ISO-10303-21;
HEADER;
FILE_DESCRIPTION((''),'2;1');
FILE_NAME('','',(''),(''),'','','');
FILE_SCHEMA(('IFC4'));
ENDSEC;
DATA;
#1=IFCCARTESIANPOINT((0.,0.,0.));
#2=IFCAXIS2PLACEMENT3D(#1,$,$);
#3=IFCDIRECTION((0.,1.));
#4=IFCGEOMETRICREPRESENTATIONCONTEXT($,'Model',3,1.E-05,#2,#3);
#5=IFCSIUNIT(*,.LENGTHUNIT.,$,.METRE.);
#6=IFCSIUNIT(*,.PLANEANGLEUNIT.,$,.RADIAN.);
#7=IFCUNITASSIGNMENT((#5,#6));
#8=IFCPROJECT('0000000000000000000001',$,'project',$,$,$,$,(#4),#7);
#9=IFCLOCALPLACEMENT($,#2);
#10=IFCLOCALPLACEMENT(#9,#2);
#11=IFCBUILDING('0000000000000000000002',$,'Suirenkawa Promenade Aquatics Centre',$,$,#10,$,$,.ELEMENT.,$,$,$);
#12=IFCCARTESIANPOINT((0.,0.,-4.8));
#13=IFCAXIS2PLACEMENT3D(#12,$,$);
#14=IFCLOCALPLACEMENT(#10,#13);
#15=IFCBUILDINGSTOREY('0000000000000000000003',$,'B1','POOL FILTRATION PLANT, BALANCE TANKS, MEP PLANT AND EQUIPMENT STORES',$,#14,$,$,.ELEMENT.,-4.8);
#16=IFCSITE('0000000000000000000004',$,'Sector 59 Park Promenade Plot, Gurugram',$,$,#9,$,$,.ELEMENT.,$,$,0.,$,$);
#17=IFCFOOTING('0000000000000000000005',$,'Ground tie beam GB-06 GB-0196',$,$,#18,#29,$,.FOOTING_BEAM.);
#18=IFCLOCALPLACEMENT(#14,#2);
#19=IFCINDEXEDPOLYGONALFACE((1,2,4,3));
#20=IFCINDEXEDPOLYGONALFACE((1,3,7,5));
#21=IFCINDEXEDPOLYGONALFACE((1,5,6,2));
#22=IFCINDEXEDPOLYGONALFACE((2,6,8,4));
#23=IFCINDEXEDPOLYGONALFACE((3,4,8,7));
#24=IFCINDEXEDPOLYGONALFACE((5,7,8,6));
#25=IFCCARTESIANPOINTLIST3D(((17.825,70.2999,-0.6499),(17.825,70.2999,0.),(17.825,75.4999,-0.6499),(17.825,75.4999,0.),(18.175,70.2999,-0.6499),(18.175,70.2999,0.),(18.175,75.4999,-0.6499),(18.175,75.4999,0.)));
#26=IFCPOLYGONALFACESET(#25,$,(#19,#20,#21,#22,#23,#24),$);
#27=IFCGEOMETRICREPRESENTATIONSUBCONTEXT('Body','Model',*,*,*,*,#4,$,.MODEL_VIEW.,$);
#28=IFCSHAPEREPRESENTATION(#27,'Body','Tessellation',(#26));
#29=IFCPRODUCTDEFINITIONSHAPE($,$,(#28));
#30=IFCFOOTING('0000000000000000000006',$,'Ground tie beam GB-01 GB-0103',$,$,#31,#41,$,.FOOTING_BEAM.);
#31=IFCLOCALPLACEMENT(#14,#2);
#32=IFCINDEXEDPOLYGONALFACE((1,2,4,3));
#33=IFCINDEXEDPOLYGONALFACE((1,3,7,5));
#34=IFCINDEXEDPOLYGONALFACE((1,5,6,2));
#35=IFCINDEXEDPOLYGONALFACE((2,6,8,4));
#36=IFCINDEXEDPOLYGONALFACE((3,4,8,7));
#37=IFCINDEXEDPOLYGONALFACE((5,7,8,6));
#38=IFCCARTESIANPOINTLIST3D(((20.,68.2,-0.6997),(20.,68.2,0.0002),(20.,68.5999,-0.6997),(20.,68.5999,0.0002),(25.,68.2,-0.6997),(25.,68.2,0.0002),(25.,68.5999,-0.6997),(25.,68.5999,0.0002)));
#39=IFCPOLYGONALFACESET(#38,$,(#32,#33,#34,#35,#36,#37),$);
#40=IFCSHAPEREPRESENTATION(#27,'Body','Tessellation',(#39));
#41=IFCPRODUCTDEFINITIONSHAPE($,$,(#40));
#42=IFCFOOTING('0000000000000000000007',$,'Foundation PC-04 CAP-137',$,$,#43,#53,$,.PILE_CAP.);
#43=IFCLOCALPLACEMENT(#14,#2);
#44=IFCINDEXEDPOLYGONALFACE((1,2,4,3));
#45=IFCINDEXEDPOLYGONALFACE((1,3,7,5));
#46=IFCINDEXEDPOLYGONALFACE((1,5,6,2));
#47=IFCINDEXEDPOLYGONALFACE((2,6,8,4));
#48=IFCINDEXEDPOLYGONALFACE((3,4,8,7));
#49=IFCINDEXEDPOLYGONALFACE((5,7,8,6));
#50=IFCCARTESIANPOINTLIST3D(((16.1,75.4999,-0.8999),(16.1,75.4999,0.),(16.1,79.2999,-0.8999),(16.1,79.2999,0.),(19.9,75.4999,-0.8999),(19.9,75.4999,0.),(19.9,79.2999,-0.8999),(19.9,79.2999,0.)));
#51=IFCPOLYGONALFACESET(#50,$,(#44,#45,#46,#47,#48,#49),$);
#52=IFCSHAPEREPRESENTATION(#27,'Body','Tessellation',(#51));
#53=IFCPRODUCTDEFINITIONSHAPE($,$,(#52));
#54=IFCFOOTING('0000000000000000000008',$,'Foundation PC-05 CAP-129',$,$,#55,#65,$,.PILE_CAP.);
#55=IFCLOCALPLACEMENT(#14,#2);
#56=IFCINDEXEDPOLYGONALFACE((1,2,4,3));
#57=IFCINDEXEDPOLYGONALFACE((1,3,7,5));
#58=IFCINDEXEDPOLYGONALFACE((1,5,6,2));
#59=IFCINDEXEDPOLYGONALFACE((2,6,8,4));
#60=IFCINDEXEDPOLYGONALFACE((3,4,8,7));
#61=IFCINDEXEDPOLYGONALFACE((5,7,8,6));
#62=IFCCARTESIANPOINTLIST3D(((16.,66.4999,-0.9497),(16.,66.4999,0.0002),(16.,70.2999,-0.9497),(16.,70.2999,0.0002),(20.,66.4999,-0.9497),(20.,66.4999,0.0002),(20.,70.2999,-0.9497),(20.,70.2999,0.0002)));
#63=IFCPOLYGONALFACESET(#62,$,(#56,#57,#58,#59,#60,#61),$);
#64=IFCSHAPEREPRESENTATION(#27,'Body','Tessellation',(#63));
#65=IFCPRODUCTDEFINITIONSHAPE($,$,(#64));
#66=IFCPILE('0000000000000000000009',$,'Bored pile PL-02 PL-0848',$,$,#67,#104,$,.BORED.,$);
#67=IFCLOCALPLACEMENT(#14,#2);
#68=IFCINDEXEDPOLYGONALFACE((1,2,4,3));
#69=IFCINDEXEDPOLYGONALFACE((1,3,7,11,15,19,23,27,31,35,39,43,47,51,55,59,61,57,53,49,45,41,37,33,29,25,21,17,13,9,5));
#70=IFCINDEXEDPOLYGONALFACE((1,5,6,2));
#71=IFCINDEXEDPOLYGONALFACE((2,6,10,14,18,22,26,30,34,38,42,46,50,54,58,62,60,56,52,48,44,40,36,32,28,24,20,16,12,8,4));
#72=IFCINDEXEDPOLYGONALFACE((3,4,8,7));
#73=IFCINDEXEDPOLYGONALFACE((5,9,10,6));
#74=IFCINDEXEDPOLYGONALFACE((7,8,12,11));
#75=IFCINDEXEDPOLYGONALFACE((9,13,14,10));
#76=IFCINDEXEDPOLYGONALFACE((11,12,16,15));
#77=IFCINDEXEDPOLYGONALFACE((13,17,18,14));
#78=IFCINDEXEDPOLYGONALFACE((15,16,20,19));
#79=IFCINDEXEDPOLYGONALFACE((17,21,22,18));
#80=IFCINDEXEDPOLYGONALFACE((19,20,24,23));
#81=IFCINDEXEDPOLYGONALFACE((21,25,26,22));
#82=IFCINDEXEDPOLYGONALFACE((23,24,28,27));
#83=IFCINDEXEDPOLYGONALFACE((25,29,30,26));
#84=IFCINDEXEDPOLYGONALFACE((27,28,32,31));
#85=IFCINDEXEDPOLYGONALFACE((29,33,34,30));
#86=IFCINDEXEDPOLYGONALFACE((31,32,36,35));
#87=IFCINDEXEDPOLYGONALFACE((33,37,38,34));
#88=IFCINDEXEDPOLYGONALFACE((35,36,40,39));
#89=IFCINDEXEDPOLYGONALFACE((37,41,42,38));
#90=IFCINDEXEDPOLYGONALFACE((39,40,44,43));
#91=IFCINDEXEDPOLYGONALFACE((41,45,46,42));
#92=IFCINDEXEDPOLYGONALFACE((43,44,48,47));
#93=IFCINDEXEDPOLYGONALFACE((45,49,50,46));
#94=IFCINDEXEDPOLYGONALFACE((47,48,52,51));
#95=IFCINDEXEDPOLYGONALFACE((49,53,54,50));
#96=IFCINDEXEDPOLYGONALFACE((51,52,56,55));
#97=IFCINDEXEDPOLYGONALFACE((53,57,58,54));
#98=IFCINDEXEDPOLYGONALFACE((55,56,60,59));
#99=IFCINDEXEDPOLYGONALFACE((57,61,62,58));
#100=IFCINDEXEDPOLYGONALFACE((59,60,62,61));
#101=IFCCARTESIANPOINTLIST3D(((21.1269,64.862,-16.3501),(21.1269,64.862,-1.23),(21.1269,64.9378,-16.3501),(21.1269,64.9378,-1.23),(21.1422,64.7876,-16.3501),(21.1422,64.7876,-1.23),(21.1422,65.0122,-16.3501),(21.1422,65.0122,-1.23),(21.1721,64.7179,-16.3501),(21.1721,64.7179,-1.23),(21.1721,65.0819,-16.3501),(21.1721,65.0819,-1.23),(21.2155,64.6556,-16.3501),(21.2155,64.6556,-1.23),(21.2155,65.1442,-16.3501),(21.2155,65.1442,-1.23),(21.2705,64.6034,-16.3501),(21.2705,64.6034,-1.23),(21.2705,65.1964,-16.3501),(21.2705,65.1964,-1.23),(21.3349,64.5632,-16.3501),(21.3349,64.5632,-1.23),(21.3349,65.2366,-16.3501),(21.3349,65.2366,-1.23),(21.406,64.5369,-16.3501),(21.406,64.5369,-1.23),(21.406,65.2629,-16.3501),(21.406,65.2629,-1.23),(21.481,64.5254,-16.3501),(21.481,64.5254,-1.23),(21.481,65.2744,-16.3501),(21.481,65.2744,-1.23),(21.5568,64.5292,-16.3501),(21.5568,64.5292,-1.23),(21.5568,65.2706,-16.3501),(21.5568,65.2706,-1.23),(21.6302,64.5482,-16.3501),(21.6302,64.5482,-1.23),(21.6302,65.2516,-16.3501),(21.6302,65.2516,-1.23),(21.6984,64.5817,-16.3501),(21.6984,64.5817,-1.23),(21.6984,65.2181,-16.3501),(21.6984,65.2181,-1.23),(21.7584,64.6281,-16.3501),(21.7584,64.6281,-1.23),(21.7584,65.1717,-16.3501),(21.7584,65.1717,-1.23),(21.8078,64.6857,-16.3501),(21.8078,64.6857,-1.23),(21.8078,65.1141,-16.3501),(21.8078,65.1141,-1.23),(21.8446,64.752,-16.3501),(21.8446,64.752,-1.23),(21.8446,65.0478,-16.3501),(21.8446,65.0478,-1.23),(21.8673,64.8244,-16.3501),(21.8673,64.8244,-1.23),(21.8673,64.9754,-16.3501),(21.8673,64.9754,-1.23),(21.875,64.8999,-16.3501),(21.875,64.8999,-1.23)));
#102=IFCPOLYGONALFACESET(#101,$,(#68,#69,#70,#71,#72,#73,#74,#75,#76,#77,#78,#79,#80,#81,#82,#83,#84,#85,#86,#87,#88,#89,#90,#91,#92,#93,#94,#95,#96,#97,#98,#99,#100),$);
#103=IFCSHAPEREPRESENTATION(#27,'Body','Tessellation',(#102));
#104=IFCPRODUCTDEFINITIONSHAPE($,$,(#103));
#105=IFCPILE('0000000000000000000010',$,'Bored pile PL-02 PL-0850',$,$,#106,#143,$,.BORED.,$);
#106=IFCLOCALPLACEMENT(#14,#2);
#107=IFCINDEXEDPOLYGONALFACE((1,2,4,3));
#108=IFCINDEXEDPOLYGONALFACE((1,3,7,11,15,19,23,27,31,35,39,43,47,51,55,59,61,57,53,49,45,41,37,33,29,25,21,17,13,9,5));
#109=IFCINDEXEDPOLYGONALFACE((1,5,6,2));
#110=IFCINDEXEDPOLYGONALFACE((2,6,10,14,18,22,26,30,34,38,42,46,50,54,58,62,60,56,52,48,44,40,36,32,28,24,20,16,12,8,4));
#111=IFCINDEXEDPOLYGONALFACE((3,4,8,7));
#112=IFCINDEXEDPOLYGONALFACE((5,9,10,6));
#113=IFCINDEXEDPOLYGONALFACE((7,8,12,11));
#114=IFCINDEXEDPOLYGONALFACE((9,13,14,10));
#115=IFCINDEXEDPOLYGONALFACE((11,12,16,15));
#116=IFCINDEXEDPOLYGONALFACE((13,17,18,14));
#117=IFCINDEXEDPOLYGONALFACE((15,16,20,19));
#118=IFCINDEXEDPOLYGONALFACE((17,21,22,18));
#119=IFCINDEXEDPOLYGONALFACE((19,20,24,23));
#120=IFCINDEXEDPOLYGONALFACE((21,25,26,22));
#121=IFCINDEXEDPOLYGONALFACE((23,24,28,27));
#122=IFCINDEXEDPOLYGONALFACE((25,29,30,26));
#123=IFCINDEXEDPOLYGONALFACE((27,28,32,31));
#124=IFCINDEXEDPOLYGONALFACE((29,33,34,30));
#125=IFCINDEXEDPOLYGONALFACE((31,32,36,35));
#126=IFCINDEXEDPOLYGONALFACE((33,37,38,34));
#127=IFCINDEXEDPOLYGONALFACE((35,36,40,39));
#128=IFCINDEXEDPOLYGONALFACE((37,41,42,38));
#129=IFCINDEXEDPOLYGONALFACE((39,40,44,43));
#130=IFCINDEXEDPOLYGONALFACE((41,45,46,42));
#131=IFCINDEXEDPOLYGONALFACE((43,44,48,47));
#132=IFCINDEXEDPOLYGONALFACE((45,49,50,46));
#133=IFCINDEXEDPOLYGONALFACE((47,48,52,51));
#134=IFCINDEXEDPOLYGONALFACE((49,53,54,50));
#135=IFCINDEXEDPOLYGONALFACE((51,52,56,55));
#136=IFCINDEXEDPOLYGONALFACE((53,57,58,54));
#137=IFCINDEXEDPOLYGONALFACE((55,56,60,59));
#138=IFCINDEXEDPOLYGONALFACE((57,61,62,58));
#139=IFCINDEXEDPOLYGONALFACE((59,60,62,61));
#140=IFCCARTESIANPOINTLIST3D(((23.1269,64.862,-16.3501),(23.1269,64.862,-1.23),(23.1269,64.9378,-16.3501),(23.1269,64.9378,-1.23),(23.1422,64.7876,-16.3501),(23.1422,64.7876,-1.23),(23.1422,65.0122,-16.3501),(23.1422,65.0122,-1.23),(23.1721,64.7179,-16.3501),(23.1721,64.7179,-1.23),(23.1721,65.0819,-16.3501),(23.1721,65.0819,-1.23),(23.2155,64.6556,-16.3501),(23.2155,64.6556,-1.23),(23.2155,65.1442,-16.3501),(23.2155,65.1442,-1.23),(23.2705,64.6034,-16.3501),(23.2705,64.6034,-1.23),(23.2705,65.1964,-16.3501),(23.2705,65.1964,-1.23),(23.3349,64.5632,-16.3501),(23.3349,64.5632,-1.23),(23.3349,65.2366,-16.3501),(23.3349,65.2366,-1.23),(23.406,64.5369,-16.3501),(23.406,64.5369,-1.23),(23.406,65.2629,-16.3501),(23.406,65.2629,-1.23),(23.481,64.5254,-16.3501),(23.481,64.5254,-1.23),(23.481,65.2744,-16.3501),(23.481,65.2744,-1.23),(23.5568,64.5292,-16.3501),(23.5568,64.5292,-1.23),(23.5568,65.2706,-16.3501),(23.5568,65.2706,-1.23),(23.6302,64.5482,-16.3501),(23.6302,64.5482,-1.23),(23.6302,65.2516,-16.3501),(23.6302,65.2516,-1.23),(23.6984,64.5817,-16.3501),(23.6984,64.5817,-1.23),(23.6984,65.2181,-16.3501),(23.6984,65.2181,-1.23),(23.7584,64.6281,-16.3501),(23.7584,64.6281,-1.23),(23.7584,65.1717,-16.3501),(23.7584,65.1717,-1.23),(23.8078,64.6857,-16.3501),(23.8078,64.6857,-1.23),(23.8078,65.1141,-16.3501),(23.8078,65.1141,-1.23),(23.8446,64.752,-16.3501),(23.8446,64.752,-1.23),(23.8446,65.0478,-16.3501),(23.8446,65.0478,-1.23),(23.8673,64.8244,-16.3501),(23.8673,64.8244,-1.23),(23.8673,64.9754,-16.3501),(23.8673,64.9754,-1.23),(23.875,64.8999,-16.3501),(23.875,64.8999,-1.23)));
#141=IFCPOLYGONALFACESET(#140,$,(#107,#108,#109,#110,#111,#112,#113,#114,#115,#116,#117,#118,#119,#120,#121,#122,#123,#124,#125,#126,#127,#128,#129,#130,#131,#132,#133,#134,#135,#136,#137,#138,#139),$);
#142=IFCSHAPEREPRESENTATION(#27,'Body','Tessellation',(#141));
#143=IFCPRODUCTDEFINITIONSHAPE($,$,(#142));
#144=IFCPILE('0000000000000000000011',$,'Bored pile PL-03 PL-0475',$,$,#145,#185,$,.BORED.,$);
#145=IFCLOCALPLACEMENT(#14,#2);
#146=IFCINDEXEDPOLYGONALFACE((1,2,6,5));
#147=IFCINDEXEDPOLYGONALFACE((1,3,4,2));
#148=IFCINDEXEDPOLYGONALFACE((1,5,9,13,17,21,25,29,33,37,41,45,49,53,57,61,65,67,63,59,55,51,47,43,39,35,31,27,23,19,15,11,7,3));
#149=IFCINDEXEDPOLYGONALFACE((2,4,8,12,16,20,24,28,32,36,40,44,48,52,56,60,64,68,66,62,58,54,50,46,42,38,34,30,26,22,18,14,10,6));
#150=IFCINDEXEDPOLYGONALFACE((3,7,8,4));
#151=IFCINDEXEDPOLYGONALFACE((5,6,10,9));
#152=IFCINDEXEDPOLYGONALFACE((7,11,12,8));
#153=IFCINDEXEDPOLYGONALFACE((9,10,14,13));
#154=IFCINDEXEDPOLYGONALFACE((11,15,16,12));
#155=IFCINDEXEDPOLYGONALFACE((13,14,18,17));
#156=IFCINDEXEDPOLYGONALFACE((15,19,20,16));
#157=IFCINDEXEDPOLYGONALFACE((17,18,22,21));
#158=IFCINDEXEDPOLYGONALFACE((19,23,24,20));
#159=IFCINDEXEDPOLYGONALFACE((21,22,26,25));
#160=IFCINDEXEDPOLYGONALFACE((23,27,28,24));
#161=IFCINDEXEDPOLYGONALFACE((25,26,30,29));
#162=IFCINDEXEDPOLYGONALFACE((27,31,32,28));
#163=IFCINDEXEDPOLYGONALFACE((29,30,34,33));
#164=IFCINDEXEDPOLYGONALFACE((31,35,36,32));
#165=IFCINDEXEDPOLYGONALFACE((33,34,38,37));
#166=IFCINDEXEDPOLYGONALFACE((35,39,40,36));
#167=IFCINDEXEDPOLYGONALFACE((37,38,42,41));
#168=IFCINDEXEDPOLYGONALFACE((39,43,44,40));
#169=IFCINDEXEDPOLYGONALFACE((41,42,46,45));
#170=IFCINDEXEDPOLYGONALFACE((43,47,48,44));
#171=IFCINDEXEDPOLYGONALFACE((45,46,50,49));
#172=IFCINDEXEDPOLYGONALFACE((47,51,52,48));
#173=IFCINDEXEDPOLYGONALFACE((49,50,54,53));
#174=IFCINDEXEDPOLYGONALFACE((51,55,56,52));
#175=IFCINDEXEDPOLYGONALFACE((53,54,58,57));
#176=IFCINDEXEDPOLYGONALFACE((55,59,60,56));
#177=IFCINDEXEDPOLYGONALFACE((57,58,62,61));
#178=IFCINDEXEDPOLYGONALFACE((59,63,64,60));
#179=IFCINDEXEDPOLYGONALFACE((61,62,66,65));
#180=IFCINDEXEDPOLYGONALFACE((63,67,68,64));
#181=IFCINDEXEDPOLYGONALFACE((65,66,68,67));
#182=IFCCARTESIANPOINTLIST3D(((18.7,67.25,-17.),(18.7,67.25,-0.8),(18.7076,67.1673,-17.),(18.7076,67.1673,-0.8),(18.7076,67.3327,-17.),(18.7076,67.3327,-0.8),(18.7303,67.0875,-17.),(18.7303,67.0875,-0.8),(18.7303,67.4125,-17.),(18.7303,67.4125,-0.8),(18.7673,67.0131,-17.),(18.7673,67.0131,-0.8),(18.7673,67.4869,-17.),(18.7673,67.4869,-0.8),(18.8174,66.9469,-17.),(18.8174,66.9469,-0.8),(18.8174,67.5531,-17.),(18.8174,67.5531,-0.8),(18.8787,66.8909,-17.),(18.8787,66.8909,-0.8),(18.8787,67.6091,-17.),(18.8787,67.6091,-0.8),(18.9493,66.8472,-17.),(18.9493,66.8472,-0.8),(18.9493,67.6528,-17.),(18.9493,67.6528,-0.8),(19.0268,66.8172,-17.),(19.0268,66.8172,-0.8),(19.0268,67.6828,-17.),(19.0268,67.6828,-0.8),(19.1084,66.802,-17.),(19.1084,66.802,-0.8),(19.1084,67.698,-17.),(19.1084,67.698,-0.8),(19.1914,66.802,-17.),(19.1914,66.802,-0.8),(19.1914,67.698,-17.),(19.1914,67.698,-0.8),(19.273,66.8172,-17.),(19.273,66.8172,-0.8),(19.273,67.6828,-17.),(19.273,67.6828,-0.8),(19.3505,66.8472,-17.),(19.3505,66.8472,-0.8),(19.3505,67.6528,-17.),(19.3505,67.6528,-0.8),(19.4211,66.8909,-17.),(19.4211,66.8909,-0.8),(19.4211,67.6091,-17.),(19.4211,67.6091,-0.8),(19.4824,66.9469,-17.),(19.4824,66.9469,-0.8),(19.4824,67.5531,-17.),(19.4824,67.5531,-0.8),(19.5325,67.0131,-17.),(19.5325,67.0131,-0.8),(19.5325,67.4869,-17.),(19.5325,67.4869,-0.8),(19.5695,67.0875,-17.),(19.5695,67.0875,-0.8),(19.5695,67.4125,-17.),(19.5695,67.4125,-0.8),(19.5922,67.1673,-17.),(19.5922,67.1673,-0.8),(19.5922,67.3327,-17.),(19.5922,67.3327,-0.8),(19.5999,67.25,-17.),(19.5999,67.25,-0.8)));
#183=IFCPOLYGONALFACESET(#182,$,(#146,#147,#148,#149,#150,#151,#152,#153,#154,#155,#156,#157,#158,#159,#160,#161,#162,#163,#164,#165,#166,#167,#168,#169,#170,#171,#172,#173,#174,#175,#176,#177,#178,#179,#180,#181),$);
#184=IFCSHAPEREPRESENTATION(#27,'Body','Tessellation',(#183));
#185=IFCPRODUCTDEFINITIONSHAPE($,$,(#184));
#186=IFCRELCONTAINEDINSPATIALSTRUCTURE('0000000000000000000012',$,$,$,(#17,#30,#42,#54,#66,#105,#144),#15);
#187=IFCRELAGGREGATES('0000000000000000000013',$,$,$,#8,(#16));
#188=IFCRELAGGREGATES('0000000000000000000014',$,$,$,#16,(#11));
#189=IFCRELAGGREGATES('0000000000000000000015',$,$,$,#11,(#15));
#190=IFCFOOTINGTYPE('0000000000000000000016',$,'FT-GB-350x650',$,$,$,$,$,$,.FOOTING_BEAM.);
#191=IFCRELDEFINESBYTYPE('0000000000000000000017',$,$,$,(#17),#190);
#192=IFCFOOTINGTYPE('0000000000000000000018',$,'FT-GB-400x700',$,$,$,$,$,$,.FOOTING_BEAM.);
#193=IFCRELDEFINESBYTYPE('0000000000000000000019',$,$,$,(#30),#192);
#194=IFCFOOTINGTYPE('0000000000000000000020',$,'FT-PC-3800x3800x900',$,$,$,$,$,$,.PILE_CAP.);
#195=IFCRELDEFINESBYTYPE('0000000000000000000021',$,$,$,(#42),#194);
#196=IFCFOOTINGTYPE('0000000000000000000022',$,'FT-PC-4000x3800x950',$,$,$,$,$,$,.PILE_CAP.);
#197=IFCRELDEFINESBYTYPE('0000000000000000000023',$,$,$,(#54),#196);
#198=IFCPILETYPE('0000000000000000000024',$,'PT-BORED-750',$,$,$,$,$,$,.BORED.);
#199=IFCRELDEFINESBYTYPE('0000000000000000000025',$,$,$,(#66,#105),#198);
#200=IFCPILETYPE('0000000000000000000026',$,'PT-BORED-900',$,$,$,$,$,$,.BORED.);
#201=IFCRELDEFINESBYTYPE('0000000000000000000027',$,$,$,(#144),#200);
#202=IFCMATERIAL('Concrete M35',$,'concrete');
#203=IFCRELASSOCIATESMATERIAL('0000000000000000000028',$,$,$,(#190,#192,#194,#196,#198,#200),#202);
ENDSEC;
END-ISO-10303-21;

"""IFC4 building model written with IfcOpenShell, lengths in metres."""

from ifc_helpers import new_model, si_unit, direction, frame, origin, origin_2d, place, context, subcontext, project, spatial, rectangle, circle, extrude, material, material_profile, profile_set, type_object, element, save


model = new_model("IFC4")

# Units and contexts
model_context = context("Model", 3, precision=1e-05, world=origin(), true_north=direction((0.0, 1.0)))
body_context = subcontext(model_context, "Body", "Model", "MODEL_VIEW")
ifc_project = project(units=[si_unit("LENGTHUNIT", "METRE"), si_unit("PLANEANGLEUNIT", "RADIAN")], contexts=[model_context])

# Site, building, storey
site_placement = place(None, origin())
site = spatial("IfcSite", under=ifc_project, at=site_placement, Name="Sector 59 Park Promenade Plot, Gurugram", CompositionType="ELEMENT", RefElevation=0.0)
building_placement = place(site_placement, origin())
building = spatial("IfcBuilding", under=site, at=building_placement, Name="Suirenkawa Promenade Aquatics Centre", CompositionType="ELEMENT")
storey_placement = place(building_placement, frame((0.0, 0.0, -4.8)))
storey = spatial("IfcBuildingStorey", under=building, at=storey_placement, Name="B1", Description="POOL FILTRATION PLANT, BALANCE TANKS, MEP PLANT AND EQUIPMENT STORES", CompositionType="ELEMENT", Elevation=-4.8)

# Footings
ifc_material_1 = material(Name="Concrete M35", Category="concrete")
footing_type_1 = type_object("IfcFootingType", Name="FT-GB-350x650", PredefinedType="FOOTING_BEAM", material=ifc_material_1)
footing_1_placement = place(storey_placement, frame((18.0, 72.8999, -0.6499), z_axis=(0.0, 0.0, 1.0), x_axis=(0.0, 1.0, 0.0)))
element("IfcFooting", 1, at=footing_1_placement, inside=storey, type_object=footing_type_1, Name="Ground tie beam GB-06 GB-0196", PredefinedType="FOOTING_BEAM", context=body_context, shape_type="SweptSolid", body=[
    extrude(rectangle(XDim=5.2, YDim=0.3501, at=origin_2d()), origin(), (0.0, 0.0, 1.0), 0.6499),
])
footing_type_2 = type_object("IfcFootingType", Name="FT-GB-400x700", PredefinedType="FOOTING_BEAM", material=ifc_material_1)
footing_2_placement = place(storey_placement, frame((22.5, 68.3999, -0.6997), z_axis=(0.0, 0.0, 1.0), x_axis=(1.0, 0.0, 0.0)))
element("IfcFooting", 2, at=footing_2_placement, inside=storey, type_object=footing_type_2, Name="Ground tie beam GB-01 GB-0103", PredefinedType="FOOTING_BEAM", context=body_context, shape_type="SweptSolid", body=[
    extrude(rectangle(XDim=5.0, YDim=0.3999, at=origin_2d()), origin(), (0.0, 0.0, 1.0), 0.7),
])
footing_type_3 = type_object("IfcFootingType", Name="FT-PC-3800x3800x900", PredefinedType="PILE_CAP", material=ifc_material_1)
footing_3_placement = place(storey_placement, frame((18.0, 77.3999, -0.8999), z_axis=(0.0, 0.0, 1.0), x_axis=(1.0, 0.0, 0.0)))
element("IfcFooting", 3, at=footing_3_placement, inside=storey, type_object=footing_type_3, Name="Foundation PC-04 CAP-137", PredefinedType="PILE_CAP", context=body_context, shape_type="SweptSolid", body=[
    extrude(rectangle(XDim=3.8, YDim=3.8, at=origin_2d()), origin(), (0.0, 0.0, 1.0), 0.8999),
])
footing_type_4 = type_object("IfcFootingType", Name="FT-PC-4000x3800x950", PredefinedType="PILE_CAP", material=ifc_material_1)
footing_4_placement = place(storey_placement, frame((18.0, 68.3999, -0.9497), z_axis=(0.0, 0.0, 1.0), x_axis=(1.0, 0.0, 0.0)))
element("IfcFooting", 4, at=footing_4_placement, inside=storey, type_object=footing_type_4, Name="Foundation PC-05 CAP-129", PredefinedType="PILE_CAP", context=body_context, shape_type="SweptSolid", body=[
    extrude(rectangle(XDim=4.0, YDim=3.8, at=origin_2d()), origin(), (0.0, 0.0, 1.0), 0.95),
])

# Piles
ifc_material_profile_1 = material_profile(ifc_material_1, circle(Radius=0.375, at=origin_2d()), Name="PILE D750", Category="concrete")
ifc_profile_set_1 = profile_set([ifc_material_profile_1], Name="Concrete M35")
pile_type_1 = type_object("IfcPileType", Name="PT-BORED-750", PredefinedType="BORED", material=ifc_profile_set_1)
for number, where, z_axis, x_axis, name in (
    (5, (21.5, 64.8999, -1.23), (0.0, 0.0, -1.0), (1.0, 0.0, 0.0), "Bored pile PL-02 PL-0848"),
    (6, (23.5, 64.8999, -1.23), (0.0, 0.0, -1.0), (1.0, 0.0, 0.0), "Bored pile PL-02 PL-0850"),
):
    element("IfcPile", number, at=place(storey_placement, frame(where, z_axis=z_axis, x_axis=x_axis)), inside=storey, type_object=pile_type_1, Name=name, PredefinedType="BORED", context=body_context, shape_type="SweptSolid", body=[
        extrude(circle(Radius=0.375, at=origin_2d()), origin(), (0.0, 0.0, 1.0), 15.1201),
    ])
ifc_material_profile_2 = material_profile(ifc_material_1, circle(Radius=0.45, at=origin_2d()), Name="PILE D900", Category="concrete")
ifc_profile_set_2 = profile_set([ifc_material_profile_2], Name="Concrete M35")
pile_type_2 = type_object("IfcPileType", Name="PT-BORED-900", PredefinedType="BORED", material=ifc_profile_set_2)
for number, where, z_axis, x_axis, name in (
    (7, (19.1499, 67.25, -0.8), (0.0, 0.0, -1.0), (1.0, 0.0, 0.0), "Bored pile PL-03 PL-0475"),
):
    element("IfcPile", number, at=place(storey_placement, frame(where, z_axis=z_axis, x_axis=x_axis)), inside=storey, type_object=pile_type_2, Name=name, PredefinedType="BORED", context=body_context, shape_type="SweptSolid", body=[
        extrude(circle(Radius=0.45, at=origin_2d()), origin(), (0.0, 0.0, 1.0), 16.2),
    ])

save(model, "model.ifc")
